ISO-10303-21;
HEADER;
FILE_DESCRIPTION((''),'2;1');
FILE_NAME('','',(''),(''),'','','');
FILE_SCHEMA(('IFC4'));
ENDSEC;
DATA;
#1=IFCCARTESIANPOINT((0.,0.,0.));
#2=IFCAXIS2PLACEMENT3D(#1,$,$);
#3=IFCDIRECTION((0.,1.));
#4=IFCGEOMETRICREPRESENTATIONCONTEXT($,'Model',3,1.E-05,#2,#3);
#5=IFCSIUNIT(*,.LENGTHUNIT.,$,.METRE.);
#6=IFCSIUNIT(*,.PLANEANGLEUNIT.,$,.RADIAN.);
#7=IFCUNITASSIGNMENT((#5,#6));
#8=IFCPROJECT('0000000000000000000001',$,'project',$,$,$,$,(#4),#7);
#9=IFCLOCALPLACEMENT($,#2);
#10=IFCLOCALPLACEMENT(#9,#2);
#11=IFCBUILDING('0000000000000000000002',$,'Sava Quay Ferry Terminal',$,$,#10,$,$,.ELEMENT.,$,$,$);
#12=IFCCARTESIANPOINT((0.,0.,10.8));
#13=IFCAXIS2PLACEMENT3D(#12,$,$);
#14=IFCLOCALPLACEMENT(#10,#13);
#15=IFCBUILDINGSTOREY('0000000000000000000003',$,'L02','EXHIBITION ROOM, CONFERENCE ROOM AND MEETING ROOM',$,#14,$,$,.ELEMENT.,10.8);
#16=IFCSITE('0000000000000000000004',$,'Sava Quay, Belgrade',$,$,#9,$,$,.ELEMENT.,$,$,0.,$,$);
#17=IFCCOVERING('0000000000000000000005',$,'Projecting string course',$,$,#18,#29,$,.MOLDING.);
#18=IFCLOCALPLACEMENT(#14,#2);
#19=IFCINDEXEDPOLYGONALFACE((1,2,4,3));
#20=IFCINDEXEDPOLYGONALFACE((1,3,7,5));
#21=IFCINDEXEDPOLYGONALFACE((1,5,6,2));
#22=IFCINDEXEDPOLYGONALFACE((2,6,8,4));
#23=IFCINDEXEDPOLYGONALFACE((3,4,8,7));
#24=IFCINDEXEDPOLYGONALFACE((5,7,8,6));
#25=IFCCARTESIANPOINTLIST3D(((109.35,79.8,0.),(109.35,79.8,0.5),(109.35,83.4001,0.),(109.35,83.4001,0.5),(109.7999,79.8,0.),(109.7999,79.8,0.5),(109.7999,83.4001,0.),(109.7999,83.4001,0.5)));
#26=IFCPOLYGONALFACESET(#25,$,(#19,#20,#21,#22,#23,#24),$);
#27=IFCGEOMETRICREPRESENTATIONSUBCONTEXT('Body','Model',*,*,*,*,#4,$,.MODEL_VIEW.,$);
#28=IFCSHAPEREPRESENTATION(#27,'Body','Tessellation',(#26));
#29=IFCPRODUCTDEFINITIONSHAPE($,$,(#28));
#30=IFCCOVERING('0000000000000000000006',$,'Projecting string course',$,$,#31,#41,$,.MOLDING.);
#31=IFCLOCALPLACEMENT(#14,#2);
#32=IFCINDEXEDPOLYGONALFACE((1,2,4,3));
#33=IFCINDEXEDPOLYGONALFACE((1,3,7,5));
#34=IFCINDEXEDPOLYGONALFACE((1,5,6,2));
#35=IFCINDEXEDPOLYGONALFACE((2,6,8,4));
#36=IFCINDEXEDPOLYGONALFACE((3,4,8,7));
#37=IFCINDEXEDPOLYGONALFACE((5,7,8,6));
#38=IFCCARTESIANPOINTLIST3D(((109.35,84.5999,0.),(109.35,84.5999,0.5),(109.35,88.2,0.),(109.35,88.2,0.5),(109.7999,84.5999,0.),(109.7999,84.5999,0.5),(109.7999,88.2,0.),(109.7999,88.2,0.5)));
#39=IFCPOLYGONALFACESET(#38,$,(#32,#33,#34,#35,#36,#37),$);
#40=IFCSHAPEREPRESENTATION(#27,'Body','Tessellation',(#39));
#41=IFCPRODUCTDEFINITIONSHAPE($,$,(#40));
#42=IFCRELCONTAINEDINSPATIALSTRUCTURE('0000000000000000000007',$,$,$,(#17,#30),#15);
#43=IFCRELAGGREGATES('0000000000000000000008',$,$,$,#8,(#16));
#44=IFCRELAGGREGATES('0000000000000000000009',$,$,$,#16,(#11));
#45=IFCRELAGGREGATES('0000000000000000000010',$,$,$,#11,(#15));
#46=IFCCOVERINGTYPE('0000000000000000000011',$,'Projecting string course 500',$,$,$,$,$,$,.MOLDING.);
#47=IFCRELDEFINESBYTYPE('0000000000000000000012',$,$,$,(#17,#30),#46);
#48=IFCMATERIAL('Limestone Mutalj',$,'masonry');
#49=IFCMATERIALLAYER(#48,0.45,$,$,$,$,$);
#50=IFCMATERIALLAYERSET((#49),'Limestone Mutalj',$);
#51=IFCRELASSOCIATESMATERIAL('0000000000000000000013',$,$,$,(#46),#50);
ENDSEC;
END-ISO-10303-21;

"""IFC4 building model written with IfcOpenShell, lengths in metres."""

from ifc_helpers import new_model, si_unit, direction, frame, origin, origin_2d, place, context, subcontext, project, spatial, rectangle, extrude, material, layer, layer_set, type_object, element, save


model = new_model("IFC4")

# Units and contexts
model_context = context("Model", 3, precision=1e-05, world=origin(), true_north=direction((0.0, 1.0)))
body_context = subcontext(model_context, "Body", "Model", "MODEL_VIEW")
ifc_project = project(units=[si_unit("LENGTHUNIT", "METRE"), si_unit("PLANEANGLEUNIT", "RADIAN")], contexts=[model_context])

# Site, building, storey
site_placement = place(None, origin())
site = spatial("IfcSite", under=ifc_project, at=site_placement, Name="Sava Quay, Belgrade", CompositionType="ELEMENT", RefElevation=0.0)
building_placement = place(site_placement, origin())
building = spatial("IfcBuilding", under=site, at=building_placement, Name="Sava Quay Ferry Terminal", CompositionType="ELEMENT")
storey_placement = place(building_placement, frame((0.0, 0.0, 10.8)))
storey = spatial("IfcBuildingStorey", under=building, at=storey_placement, Name="L02", Description="EXHIBITION ROOM, CONFERENCE ROOM AND MEETING ROOM", CompositionType="ELEMENT", Elevation=10.8)

# Coverings
ifc_material_1 = material(Name="Limestone Mutalj", Category="masonry")
ifc_layer_1 = layer(ifc_material_1, 0.45)
ifc_layer_set_1 = layer_set([ifc_layer_1], Name="Limestone Mutalj")
covering_type_1 = type_object("IfcCoveringType", Name="Projecting string course 500", PredefinedType="MOLDING", material=ifc_layer_set_1)
for number, where, z_axis, x_axis, name in (
    (1, (109.575, 81.6001, 0.0), (0.0, 0.0, 1.0), (1.0, 0.0, 0.0), "Projecting string course"),
    (2, (109.575, 86.3999, 0.0), (0.0, 0.0, 1.0), (1.0, 0.0, 0.0), "Projecting string course"),
):
    element("IfcCovering", number, at=place(storey_placement, frame(where, z_axis=z_axis, x_axis=x_axis)), inside=storey, type_object=covering_type_1, Name=name, PredefinedType="MOLDING", context=body_context, shape_type="SweptSolid", body=[
        extrude(rectangle(XDim=0.45, YDim=3.6001, at=origin_2d()), origin(), (0.0, 0.0, 1.0), 0.5),
    ])

save(model, "model.ifc")
